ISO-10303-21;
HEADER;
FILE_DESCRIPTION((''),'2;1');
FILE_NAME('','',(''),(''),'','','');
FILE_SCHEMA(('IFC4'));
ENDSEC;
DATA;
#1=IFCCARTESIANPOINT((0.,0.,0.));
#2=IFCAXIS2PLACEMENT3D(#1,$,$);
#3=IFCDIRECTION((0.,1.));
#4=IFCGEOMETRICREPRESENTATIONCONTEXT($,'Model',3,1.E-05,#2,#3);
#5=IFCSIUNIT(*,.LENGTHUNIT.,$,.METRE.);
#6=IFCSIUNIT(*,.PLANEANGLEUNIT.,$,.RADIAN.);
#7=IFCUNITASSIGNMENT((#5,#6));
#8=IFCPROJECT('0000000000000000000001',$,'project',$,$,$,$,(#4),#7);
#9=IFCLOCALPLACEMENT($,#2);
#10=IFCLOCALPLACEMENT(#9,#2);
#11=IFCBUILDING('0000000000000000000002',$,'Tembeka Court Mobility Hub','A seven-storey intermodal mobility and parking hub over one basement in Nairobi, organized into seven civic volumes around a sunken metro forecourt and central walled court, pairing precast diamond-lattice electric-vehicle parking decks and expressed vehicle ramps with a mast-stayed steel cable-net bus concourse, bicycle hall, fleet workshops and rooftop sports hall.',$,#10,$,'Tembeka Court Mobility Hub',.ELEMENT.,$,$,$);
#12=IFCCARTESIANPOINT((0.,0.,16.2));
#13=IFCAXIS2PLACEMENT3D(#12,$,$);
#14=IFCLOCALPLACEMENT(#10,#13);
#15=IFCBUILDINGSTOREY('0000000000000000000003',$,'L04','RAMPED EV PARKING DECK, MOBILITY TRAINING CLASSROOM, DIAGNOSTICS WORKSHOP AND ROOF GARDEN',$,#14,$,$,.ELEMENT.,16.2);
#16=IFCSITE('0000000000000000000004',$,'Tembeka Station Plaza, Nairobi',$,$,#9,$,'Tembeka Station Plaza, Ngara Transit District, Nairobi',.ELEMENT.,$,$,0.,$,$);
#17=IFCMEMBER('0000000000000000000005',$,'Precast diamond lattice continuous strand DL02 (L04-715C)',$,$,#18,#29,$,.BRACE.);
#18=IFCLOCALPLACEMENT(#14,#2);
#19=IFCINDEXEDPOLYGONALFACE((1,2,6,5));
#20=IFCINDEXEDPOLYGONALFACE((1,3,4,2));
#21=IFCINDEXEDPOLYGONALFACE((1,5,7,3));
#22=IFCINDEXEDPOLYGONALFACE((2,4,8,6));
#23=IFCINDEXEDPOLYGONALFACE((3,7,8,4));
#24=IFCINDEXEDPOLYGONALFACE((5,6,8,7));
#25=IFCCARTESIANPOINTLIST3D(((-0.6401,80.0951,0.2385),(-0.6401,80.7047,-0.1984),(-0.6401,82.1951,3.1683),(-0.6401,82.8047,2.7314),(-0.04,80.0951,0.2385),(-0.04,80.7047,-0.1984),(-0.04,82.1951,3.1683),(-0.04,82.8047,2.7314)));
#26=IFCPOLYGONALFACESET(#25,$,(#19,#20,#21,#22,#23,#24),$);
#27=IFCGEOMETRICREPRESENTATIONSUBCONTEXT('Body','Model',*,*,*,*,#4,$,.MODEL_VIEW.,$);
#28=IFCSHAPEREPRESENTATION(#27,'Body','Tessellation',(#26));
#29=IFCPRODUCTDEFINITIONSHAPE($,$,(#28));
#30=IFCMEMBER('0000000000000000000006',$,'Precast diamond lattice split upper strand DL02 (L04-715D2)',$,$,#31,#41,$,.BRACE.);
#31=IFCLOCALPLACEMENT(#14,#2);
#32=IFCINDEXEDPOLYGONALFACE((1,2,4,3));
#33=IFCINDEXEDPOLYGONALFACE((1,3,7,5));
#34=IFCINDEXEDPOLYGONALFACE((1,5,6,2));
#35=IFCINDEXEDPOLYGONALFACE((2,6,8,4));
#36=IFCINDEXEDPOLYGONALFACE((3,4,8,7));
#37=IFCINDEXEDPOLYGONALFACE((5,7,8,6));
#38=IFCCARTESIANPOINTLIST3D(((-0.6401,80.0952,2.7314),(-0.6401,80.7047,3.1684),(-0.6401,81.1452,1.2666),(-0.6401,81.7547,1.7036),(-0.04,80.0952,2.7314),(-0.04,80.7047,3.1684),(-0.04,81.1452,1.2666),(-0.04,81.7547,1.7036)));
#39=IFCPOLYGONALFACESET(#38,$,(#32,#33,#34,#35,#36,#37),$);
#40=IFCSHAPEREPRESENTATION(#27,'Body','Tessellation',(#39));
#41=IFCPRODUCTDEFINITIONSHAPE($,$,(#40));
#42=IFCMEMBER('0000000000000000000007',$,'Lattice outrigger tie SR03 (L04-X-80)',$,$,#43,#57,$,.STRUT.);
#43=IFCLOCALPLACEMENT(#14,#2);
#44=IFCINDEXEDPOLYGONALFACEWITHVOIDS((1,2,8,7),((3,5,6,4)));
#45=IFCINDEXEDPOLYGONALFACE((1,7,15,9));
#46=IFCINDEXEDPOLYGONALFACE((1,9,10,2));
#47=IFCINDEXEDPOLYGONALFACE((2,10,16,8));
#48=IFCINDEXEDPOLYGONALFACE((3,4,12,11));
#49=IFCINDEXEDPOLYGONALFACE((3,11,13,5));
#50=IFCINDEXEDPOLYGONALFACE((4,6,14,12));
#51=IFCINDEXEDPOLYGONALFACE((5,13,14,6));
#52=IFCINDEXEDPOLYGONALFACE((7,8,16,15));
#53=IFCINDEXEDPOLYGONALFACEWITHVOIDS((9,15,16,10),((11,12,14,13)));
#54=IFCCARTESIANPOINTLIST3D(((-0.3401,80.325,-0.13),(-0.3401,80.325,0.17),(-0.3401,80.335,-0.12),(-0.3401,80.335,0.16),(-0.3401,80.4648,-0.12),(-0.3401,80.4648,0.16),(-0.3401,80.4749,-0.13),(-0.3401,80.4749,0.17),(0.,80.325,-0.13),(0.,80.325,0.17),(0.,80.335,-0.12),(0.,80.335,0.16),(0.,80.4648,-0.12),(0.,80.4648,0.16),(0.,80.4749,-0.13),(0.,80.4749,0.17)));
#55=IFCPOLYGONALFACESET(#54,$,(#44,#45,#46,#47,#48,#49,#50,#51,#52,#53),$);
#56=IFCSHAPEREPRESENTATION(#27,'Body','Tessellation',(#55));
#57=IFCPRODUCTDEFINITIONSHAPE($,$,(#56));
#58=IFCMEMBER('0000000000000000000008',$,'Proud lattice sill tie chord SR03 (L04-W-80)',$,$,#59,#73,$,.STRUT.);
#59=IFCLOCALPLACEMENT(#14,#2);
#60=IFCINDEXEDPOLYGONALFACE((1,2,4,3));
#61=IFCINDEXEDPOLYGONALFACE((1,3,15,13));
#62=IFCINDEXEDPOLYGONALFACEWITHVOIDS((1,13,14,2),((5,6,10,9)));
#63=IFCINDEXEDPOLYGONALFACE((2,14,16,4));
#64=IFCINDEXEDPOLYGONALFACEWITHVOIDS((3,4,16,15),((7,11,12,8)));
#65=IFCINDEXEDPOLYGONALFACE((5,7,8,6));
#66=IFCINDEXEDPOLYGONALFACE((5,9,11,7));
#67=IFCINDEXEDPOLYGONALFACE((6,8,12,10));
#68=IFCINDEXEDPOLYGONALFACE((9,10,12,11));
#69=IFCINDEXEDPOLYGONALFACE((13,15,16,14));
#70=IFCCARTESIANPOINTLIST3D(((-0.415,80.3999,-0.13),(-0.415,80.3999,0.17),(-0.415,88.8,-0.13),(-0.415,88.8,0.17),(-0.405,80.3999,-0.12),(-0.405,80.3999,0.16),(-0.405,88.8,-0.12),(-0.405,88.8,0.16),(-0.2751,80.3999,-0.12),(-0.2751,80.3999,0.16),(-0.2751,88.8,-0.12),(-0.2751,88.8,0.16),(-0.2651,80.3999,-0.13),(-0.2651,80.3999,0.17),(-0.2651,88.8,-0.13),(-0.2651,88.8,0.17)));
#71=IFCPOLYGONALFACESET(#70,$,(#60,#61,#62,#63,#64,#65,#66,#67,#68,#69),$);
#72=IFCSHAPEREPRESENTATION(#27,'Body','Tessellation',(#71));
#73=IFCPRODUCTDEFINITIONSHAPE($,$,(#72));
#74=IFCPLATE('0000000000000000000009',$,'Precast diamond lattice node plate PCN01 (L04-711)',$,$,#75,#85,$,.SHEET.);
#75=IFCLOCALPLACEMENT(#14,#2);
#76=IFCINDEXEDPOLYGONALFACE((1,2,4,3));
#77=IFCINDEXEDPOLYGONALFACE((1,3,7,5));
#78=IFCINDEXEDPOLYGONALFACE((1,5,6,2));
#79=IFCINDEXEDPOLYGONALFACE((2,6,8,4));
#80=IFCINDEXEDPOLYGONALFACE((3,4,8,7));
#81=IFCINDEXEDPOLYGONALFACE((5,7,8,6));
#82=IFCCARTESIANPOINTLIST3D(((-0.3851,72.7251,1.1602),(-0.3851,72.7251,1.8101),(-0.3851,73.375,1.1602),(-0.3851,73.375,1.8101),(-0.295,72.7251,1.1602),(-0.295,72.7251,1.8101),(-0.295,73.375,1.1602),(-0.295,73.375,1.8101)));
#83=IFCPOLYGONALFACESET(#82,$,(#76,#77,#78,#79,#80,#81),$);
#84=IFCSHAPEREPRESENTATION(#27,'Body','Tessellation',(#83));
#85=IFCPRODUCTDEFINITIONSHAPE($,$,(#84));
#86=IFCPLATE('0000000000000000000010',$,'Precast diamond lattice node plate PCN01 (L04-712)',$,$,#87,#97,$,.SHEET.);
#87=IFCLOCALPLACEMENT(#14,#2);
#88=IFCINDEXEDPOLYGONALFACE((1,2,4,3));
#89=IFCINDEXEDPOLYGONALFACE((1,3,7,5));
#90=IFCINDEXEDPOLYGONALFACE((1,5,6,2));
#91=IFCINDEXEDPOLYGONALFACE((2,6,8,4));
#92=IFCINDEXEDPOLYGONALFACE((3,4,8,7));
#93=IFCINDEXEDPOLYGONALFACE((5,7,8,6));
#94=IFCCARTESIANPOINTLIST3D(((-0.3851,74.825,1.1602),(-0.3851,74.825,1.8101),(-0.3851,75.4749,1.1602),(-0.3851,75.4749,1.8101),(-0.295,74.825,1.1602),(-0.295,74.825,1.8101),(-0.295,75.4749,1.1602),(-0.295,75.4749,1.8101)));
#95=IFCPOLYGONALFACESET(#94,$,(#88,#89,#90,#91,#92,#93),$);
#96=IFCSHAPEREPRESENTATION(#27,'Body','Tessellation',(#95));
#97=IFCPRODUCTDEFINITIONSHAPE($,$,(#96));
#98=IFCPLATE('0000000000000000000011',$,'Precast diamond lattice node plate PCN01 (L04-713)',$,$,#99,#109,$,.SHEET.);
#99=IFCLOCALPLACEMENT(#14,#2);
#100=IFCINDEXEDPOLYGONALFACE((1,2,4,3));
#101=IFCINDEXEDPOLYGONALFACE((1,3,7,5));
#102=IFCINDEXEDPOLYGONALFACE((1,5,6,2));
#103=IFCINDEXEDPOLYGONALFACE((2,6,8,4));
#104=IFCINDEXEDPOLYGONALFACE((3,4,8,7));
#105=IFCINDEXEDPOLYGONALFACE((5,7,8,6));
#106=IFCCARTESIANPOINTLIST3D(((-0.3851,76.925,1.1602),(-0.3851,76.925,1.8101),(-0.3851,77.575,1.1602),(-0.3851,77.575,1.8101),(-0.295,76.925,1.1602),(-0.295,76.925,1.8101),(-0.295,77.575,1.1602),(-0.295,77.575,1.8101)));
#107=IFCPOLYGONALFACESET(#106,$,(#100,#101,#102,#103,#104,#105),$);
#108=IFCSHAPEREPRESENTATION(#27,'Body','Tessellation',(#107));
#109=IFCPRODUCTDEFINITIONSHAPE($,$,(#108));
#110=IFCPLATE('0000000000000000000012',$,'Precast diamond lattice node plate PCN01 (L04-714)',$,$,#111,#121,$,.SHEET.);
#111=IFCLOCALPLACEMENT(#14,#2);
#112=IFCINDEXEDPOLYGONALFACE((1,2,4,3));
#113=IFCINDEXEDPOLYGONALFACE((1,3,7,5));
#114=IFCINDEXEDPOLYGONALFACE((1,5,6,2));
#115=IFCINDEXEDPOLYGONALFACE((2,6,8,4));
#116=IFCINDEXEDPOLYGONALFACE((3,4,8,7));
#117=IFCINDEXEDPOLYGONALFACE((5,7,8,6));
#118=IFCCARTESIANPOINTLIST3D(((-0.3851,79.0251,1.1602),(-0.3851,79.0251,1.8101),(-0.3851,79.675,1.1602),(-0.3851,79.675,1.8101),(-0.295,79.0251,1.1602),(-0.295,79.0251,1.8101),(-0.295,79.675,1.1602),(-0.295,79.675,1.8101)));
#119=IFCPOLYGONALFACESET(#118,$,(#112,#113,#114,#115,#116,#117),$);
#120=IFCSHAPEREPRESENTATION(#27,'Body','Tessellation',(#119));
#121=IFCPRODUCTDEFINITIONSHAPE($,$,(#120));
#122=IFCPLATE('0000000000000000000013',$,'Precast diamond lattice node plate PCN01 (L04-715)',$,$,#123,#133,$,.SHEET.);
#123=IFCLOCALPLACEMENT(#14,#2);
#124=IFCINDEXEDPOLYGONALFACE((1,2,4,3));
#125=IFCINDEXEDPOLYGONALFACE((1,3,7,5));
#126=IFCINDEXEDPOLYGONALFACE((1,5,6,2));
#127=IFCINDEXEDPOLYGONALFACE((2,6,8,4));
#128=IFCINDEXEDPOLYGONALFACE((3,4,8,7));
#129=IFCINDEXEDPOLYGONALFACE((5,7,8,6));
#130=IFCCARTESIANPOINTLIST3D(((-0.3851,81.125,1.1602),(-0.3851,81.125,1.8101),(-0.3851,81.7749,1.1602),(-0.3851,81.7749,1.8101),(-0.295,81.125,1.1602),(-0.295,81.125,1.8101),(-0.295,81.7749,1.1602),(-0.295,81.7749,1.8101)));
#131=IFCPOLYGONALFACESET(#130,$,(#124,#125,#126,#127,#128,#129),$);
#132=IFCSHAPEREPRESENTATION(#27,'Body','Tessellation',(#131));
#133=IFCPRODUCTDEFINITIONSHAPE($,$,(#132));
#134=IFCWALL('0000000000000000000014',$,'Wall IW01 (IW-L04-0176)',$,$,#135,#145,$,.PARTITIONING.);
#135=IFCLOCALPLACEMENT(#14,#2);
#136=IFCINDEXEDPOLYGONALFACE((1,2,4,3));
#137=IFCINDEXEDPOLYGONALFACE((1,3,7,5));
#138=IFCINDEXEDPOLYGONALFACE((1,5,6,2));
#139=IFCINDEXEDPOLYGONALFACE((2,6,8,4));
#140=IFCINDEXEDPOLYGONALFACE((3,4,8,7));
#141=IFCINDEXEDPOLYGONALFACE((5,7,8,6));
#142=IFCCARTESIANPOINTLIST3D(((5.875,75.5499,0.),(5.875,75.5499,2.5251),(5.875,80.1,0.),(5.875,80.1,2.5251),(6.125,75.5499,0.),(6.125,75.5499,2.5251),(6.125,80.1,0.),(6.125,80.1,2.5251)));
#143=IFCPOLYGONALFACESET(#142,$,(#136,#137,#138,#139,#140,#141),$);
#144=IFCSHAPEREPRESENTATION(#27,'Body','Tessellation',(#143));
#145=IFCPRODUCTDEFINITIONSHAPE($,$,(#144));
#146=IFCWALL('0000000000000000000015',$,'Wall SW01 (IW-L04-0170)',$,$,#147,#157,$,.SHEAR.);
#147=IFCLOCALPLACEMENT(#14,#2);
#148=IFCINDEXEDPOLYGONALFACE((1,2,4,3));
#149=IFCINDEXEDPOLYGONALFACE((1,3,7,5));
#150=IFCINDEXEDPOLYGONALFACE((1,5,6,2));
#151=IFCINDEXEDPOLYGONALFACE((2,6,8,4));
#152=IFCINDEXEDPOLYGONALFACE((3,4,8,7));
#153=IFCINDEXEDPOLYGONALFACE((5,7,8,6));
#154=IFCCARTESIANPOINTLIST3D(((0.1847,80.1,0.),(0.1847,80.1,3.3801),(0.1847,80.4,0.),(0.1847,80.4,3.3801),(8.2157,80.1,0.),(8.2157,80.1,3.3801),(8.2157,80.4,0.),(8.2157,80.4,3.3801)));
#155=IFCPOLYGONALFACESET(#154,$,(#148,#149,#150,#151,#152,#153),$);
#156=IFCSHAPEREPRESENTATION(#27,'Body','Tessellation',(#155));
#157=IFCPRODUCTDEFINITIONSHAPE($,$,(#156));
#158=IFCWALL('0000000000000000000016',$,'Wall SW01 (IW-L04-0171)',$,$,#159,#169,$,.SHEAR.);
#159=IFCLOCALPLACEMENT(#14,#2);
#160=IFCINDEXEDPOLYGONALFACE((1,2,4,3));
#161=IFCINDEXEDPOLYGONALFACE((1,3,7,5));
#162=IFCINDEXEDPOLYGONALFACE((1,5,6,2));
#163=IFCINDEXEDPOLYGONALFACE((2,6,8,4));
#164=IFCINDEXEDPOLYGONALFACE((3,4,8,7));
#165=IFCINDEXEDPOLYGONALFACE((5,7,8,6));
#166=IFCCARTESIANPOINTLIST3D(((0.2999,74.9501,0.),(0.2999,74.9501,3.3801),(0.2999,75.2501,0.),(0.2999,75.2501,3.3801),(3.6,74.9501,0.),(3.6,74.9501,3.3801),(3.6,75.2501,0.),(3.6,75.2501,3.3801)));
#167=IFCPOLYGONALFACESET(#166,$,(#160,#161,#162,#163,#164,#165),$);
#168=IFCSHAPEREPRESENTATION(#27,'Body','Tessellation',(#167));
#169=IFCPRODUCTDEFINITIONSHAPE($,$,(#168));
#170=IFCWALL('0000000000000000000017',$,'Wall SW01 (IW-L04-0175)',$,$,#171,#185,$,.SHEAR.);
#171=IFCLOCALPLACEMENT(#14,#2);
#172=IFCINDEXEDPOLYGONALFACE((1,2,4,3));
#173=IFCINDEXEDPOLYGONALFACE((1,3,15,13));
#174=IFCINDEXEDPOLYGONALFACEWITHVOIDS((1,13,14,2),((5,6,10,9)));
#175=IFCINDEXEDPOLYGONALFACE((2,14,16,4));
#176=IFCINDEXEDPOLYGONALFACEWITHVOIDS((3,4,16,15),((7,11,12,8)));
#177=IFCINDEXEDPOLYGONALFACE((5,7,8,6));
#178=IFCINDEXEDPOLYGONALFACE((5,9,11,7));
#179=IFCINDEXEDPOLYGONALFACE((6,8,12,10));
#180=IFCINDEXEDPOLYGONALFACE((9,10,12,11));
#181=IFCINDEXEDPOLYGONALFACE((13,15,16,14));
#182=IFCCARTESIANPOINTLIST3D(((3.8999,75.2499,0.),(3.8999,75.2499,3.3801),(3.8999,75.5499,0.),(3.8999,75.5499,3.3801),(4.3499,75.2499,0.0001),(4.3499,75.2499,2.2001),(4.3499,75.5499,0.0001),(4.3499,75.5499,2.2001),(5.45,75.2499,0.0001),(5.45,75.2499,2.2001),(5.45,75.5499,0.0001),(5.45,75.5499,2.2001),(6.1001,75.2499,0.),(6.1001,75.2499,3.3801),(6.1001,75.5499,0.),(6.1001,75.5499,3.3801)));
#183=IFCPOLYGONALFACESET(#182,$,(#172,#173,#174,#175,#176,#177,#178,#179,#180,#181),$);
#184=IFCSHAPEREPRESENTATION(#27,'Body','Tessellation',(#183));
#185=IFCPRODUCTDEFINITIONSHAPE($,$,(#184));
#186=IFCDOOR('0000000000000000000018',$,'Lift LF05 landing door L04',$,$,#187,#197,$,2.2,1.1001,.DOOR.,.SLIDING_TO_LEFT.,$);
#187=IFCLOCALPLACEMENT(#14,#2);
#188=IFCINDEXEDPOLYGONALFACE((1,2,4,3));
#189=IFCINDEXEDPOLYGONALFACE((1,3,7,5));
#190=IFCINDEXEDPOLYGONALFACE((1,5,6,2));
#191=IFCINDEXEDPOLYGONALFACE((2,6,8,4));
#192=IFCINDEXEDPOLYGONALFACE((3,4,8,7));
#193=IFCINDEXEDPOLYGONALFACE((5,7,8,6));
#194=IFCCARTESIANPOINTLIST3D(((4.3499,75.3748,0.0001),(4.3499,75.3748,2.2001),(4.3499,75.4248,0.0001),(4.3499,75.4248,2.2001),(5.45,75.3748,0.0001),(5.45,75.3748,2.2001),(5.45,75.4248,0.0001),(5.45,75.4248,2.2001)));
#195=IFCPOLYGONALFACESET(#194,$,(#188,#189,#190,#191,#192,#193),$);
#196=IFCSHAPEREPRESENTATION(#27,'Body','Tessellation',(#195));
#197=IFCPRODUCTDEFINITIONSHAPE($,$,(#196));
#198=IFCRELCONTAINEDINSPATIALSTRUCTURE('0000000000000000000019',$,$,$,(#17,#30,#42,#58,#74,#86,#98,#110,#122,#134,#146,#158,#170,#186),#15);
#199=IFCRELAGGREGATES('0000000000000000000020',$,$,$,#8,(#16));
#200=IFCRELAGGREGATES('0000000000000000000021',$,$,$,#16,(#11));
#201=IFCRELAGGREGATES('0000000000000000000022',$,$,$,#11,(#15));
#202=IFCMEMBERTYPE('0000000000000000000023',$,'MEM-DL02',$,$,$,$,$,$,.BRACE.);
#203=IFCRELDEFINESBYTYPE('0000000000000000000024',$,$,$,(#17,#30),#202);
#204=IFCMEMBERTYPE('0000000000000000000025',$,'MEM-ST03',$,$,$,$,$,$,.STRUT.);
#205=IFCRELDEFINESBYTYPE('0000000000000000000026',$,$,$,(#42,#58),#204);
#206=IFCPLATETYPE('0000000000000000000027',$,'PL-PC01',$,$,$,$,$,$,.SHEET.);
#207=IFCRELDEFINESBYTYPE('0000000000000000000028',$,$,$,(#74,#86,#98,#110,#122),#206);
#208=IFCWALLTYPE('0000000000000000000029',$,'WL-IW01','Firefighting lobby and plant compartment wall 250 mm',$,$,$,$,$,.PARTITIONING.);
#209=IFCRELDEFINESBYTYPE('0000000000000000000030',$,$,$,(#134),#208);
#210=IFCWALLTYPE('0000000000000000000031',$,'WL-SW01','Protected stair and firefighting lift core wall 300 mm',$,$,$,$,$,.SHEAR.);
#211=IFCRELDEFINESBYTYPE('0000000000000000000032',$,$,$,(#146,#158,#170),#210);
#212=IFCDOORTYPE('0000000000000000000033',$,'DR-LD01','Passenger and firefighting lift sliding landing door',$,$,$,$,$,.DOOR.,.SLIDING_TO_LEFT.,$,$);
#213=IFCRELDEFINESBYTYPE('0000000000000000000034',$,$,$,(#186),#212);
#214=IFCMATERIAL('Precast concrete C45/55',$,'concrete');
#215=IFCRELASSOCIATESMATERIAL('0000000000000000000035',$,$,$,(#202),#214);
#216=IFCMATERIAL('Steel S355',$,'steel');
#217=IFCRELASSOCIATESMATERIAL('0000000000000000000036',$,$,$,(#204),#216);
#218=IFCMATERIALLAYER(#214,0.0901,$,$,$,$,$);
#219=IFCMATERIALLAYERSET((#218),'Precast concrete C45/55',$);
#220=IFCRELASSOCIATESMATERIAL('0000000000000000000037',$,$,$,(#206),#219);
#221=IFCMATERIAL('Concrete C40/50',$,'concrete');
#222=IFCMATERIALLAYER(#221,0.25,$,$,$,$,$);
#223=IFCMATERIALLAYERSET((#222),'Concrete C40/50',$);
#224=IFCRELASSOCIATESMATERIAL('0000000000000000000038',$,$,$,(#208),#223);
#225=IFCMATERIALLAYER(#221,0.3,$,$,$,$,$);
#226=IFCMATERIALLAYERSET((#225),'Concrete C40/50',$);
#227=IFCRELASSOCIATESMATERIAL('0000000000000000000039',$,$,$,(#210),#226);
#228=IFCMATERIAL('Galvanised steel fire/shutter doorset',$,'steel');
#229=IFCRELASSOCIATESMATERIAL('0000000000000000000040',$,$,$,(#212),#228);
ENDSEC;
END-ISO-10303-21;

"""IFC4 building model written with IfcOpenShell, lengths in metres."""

from ifc_helpers import new_model, si_unit, direction, frame, frame_2d, origin, origin_2d, place, context, subcontext, project, spatial, rectangle, hollow_rectangle, extrude, material, layer, layer_set, material_profile, profile_set, type_object, element, fill, save


model = new_model("IFC4")

# Units and contexts
model_context = context("Model", 3, precision=1e-05, world=origin(), true_north=direction((0.0, 1.0)))
body_context = subcontext(model_context, "Body", "Model", "MODEL_VIEW")
ifc_project = project(units=[si_unit("LENGTHUNIT", "METRE"), si_unit("PLANEANGLEUNIT", "RADIAN")], contexts=[model_context])

# Site, building, storey
site_placement = place(None, origin())
site = spatial("IfcSite", under=ifc_project, at=site_placement, Name="Tembeka Station Plaza, Nairobi", LongName="Tembeka Station Plaza, Ngara Transit District, Nairobi", CompositionType="ELEMENT", RefElevation=0.0)
building_placement = place(site_placement, origin())
building = spatial("IfcBuilding", under=site, at=building_placement, Name="Tembeka Court Mobility Hub", Description="A seven-storey intermodal mobility and parking hub over one basement in Nairobi, organized into seven civic volumes around a sunken metro forecourt and central walled court, pairing precast diamond-lattice electric-vehicle parking decks and expressed vehicle ramps with a mast-stayed steel cable-net bus concourse, bicycle hall, fleet workshops and rooftop sports hall.", LongName="Tembeka Court Mobility Hub", CompositionType="ELEMENT")
storey_placement = place(building_placement, frame((0.0, 0.0, 16.2)))
storey = spatial("IfcBuildingStorey", under=building, at=storey_placement, Name="L04", Description="RAMPED EV PARKING DECK, MOBILITY TRAINING CLASSROOM, DIAGNOSTICS WORKSHOP AND ROOF GARDEN", CompositionType="ELEMENT", Elevation=16.2)

# Shared definitions
ifc_material_1 = material(Name="Steel S355", Category="steel")

# Members
ifc_material_2 = material(Name="Precast concrete C45/55", Category="concrete")
ifc_material_profile_1 = material_profile(ifc_material_2, rectangle(XDim=0.6001, YDim=0.75, at=origin_2d()), Name="PC-DIAG 600x750")
ifc_profile_set_1 = profile_set([ifc_material_profile_1], Name="Precast concrete C45/55")
member_type_1 = type_object("IfcMemberType", Name="MEM-DL02", PredefinedType="BRACE", material=ifc_profile_set_1)
member_1_placement = place(storey_placement, frame((-0.3401, 80.3999, 0.02), z_axis=(0.0, 0.582576, 0.812776), x_axis=(-1.0, 0.0, 0.0)))
element("IfcMember", 1, at=member_1_placement, inside=storey, type_object=member_type_1, Name="Precast diamond lattice continuous strand DL02 (L04-715C)", PredefinedType="BRACE", context=body_context, shape_type="SweptSolid", body=[
    extrude(rectangle(XDim=0.6001, YDim=0.75, at=origin_2d()), origin(), (0.0, 0.0, 1.0), 3.6047),
])
member_2_placement = place(storey_placement, frame((-0.3401, 81.45, 1.4851), z_axis=(0.0, -0.582608, 0.812753), x_axis=(1.0, 0.0, 0.0)))
element("IfcMember", 2, at=member_2_placement, inside=storey, type_object=member_type_1, Name="Precast diamond lattice split upper strand DL02 (L04-715D2)", PredefinedType="BRACE", context=body_context, shape_type="SweptSolid", body=[
    extrude(rectangle(XDim=0.6001, YDim=0.75, at=origin_2d()), origin(), (0.0, 0.0, 1.0), 1.8022),
])
ifc_material_profile_2 = material_profile(ifc_material_1, hollow_rectangle(XDim=0.1499, YDim=0.3, WallThickness=0.01, at=origin_2d()), Name="RHS 300x150x10")
ifc_profile_set_2 = profile_set([ifc_material_profile_2], Name="Steel S355")
member_type_2 = type_object("IfcMemberType", Name="MEM-ST03", PredefinedType="STRUT", material=ifc_profile_set_2)
member_3_placement = place(storey_placement, frame((0.0, 80.3999, 0.02), z_axis=(-1.0, 0.0, 0.0), x_axis=(0.0, -1.0, 0.0)))
element("IfcMember", 3, at=member_3_placement, inside=storey, type_object=member_type_2, Name="Lattice outrigger tie SR03 (L04-X-80)", PredefinedType="STRUT", context=body_context, shape_type="SweptSolid", body=[
    extrude(hollow_rectangle(XDim=0.1499, YDim=0.3, WallThickness=0.01, at=origin_2d()), origin(), (0.0, 0.0, 1.0), 0.3401),
])
member_4_placement = place(storey_placement, frame((-0.3401, 80.3999, 0.02), z_axis=(0.0, 1.0, 0.0), x_axis=(-1.0, 0.0, 0.0)))
element("IfcMember", 4, at=member_4_placement, inside=storey, type_object=member_type_2, Name="Proud lattice sill tie chord SR03 (L04-W-80)", PredefinedType="STRUT", context=body_context, shape_type="SweptSolid", body=[
    extrude(hollow_rectangle(XDim=0.1499, YDim=0.3, WallThickness=0.01, at=origin_2d()), origin(), (0.0, 0.0, 1.0), 8.4001),
])

# Plates
ifc_layer_1 = layer(ifc_material_2, 0.0901)
ifc_layer_set_1 = layer_set([ifc_layer_1], Name="Precast concrete C45/55")
plate_type = type_object("IfcPlateType", Name="PL-PC01", PredefinedType="SHEET", material=ifc_layer_set_1)
for number, where, z_axis, x_axis, name in (
    (5, (-0.3401, 73.05, 1.1602), (0.0, 0.0, 1.0), (1.0, 0.0, 0.0), "Precast diamond lattice node plate PCN01 (L04-711)"),
    (6, (-0.3401, 75.1499, 1.1602), (0.0, 0.0, 1.0), (1.0, 0.0, 0.0), "Precast diamond lattice node plate PCN01 (L04-712)"),
    (7, (-0.3401, 77.25, 1.1602), (0.0, 0.0, 1.0), (1.0, 0.0, 0.0), "Precast diamond lattice node plate PCN01 (L04-713)"),
    (8, (-0.3401, 79.3501, 1.1602), (0.0, 0.0, 1.0), (1.0, 0.0, 0.0), "Precast diamond lattice node plate PCN01 (L04-714)"),
    (9, (-0.3401, 81.45, 1.1602), (0.0, 0.0, 1.0), (1.0, 0.0, 0.0), "Precast diamond lattice node plate PCN01 (L04-715)"),
):
    element("IfcPlate", number, at=place(storey_placement, frame(where, z_axis=z_axis, x_axis=x_axis)), inside=storey, type_object=plate_type, Name=name, PredefinedType="SHEET", context=body_context, shape_type="SweptSolid", body=[
        extrude(rectangle(XDim=0.0901, YDim=0.6499, at=origin_2d()), origin(), (0.0, 0.0, 1.0), 0.6499),
    ])

# Walls
ifc_material_3 = material(Name="Concrete C40/50", Category="concrete")
ifc_layer_2 = layer(ifc_material_3, 0.25)
ifc_layer_set_2 = layer_set([ifc_layer_2], Name="Concrete C40/50")
wall_type_1 = type_object("IfcWallType", Name="WL-IW01", Description="Firefighting lobby and plant compartment wall 250 mm", PredefinedType="PARTITIONING", material=ifc_layer_set_2)
wall_1_placement = place(storey_placement, frame((6.0, 75.55, 0.0), z_axis=(0.0, 0.0, 1.0), x_axis=(0.0, 1.0, 0.0)))
element("IfcWall", 10, at=wall_1_placement, inside=storey, type_object=wall_type_1, Name="Wall IW01 (IW-L04-0176)", PredefinedType="PARTITIONING", context=body_context, shape_type="SweptSolid", body=[
    extrude(rectangle(XDim=4.55, YDim=0.25, at=frame_2d((2.2749, 0.0))), origin(), (0.0, 0.0, 1.0), 2.5251),
])
ifc_layer_3 = layer(ifc_material_3, 0.3)
ifc_layer_set_3 = layer_set([ifc_layer_3], Name="Concrete C40/50")
wall_type_2 = type_object("IfcWallType", Name="WL-SW01", Description="Protected stair and firefighting lift core wall 300 mm", PredefinedType="SHEAR", material=ifc_layer_set_3)
wall_2_placement = place(storey_placement, frame((0.1846, 80.25, 0.0), z_axis=(0.0, 0.0, 1.0), x_axis=(1.0, 0.0, 0.0)))
element("IfcWall", 11, at=wall_2_placement, inside=storey, type_object=wall_type_2, Name="Wall SW01 (IW-L04-0170)", PredefinedType="SHEAR", context=body_context, shape_type="SweptSolid", body=[
    extrude(rectangle(XDim=8.031, YDim=0.3, at=frame_2d((4.0156, 0.0))), origin(), (0.0, 0.0, 1.0), 3.3801),
])
wall_3_placement = place(storey_placement, frame((0.3, 75.1001, 0.0), z_axis=(0.0, 0.0, 1.0), x_axis=(1.0, 0.0, 0.0)))
element("IfcWall", 12, at=wall_3_placement, inside=storey, type_object=wall_type_2, Name="Wall SW01 (IW-L04-0171)", PredefinedType="SHEAR", context=body_context, shape_type="SweptSolid", body=[
    extrude(rectangle(XDim=3.3, YDim=0.3, at=frame_2d((1.6499, 0.0))), origin(), (0.0, 0.0, 1.0), 3.3801),
])

# Wall, opening, door
wall_4_placement = place(storey_placement, frame((3.8999, 75.3999, 0.0), z_axis=(0.0, 0.0, 1.0), x_axis=(1.0, 0.0, 0.0)))
wall_4 = element("IfcWall", 13, at=wall_4_placement, inside=storey, type_object=wall_type_2, Name="Wall SW01 (IW-L04-0175)", PredefinedType="SHEAR", context=body_context, shape_type="SweptSolid", body=[
    extrude(rectangle(XDim=2.2002, YDim=0.3, at=frame_2d((1.1001, 0.0))), origin(), (0.0, 0.0, 1.0), 3.3801),
])
opening_placement = place(wall_4_placement, frame((0.45, 0.0, 0.0)))
opening = element("IfcOpeningElement", 14, at=opening_placement, cuts=wall_4, PredefinedType="OPENING", context=body_context, shape_type="SweptSolid", body=[
    extrude(rectangle(XDim=1.1001, YDim=2.2, at=frame_2d((0.55, 1.1001))), frame((0.0, 0.1602, 0.0), z_axis=(0.0, -1.0, 0.0), x_axis=(1.0, 0.0, 0.0)), (0.0, 0.0, 1.0), 0.3201),
])
ifc_material_4 = material(Name="Galvanised steel fire/shutter doorset", Category="steel")
door_type = type_object("IfcDoorType", Name="DR-LD01", Description="Passenger and firefighting lift sliding landing door", OperationType="SLIDING_TO_LEFT", PredefinedType="DOOR", material=ifc_material_4)
door_placement = place(opening_placement, origin())
door = element("IfcDoor", 15, at=door_placement, inside=storey, type_object=door_type, Name="Lift LF05 landing door L04", OperationType="SLIDING_TO_LEFT", OverallHeight=2.2, OverallWidth=1.1001, PredefinedType="DOOR", context=body_context, shape_type="SweptSolid", body=[
    extrude(rectangle(XDim=1.1001, YDim=2.2, at=frame_2d((0.55, 1.1001))), frame((0.0, 0.0249, 0.0), z_axis=(0.0, -1.0, 0.0), x_axis=(1.0, 0.0, 0.0)), (0.0, 0.0, 1.0), 0.05),
])
fill(opening, door)

save(model, "model.ifc")
